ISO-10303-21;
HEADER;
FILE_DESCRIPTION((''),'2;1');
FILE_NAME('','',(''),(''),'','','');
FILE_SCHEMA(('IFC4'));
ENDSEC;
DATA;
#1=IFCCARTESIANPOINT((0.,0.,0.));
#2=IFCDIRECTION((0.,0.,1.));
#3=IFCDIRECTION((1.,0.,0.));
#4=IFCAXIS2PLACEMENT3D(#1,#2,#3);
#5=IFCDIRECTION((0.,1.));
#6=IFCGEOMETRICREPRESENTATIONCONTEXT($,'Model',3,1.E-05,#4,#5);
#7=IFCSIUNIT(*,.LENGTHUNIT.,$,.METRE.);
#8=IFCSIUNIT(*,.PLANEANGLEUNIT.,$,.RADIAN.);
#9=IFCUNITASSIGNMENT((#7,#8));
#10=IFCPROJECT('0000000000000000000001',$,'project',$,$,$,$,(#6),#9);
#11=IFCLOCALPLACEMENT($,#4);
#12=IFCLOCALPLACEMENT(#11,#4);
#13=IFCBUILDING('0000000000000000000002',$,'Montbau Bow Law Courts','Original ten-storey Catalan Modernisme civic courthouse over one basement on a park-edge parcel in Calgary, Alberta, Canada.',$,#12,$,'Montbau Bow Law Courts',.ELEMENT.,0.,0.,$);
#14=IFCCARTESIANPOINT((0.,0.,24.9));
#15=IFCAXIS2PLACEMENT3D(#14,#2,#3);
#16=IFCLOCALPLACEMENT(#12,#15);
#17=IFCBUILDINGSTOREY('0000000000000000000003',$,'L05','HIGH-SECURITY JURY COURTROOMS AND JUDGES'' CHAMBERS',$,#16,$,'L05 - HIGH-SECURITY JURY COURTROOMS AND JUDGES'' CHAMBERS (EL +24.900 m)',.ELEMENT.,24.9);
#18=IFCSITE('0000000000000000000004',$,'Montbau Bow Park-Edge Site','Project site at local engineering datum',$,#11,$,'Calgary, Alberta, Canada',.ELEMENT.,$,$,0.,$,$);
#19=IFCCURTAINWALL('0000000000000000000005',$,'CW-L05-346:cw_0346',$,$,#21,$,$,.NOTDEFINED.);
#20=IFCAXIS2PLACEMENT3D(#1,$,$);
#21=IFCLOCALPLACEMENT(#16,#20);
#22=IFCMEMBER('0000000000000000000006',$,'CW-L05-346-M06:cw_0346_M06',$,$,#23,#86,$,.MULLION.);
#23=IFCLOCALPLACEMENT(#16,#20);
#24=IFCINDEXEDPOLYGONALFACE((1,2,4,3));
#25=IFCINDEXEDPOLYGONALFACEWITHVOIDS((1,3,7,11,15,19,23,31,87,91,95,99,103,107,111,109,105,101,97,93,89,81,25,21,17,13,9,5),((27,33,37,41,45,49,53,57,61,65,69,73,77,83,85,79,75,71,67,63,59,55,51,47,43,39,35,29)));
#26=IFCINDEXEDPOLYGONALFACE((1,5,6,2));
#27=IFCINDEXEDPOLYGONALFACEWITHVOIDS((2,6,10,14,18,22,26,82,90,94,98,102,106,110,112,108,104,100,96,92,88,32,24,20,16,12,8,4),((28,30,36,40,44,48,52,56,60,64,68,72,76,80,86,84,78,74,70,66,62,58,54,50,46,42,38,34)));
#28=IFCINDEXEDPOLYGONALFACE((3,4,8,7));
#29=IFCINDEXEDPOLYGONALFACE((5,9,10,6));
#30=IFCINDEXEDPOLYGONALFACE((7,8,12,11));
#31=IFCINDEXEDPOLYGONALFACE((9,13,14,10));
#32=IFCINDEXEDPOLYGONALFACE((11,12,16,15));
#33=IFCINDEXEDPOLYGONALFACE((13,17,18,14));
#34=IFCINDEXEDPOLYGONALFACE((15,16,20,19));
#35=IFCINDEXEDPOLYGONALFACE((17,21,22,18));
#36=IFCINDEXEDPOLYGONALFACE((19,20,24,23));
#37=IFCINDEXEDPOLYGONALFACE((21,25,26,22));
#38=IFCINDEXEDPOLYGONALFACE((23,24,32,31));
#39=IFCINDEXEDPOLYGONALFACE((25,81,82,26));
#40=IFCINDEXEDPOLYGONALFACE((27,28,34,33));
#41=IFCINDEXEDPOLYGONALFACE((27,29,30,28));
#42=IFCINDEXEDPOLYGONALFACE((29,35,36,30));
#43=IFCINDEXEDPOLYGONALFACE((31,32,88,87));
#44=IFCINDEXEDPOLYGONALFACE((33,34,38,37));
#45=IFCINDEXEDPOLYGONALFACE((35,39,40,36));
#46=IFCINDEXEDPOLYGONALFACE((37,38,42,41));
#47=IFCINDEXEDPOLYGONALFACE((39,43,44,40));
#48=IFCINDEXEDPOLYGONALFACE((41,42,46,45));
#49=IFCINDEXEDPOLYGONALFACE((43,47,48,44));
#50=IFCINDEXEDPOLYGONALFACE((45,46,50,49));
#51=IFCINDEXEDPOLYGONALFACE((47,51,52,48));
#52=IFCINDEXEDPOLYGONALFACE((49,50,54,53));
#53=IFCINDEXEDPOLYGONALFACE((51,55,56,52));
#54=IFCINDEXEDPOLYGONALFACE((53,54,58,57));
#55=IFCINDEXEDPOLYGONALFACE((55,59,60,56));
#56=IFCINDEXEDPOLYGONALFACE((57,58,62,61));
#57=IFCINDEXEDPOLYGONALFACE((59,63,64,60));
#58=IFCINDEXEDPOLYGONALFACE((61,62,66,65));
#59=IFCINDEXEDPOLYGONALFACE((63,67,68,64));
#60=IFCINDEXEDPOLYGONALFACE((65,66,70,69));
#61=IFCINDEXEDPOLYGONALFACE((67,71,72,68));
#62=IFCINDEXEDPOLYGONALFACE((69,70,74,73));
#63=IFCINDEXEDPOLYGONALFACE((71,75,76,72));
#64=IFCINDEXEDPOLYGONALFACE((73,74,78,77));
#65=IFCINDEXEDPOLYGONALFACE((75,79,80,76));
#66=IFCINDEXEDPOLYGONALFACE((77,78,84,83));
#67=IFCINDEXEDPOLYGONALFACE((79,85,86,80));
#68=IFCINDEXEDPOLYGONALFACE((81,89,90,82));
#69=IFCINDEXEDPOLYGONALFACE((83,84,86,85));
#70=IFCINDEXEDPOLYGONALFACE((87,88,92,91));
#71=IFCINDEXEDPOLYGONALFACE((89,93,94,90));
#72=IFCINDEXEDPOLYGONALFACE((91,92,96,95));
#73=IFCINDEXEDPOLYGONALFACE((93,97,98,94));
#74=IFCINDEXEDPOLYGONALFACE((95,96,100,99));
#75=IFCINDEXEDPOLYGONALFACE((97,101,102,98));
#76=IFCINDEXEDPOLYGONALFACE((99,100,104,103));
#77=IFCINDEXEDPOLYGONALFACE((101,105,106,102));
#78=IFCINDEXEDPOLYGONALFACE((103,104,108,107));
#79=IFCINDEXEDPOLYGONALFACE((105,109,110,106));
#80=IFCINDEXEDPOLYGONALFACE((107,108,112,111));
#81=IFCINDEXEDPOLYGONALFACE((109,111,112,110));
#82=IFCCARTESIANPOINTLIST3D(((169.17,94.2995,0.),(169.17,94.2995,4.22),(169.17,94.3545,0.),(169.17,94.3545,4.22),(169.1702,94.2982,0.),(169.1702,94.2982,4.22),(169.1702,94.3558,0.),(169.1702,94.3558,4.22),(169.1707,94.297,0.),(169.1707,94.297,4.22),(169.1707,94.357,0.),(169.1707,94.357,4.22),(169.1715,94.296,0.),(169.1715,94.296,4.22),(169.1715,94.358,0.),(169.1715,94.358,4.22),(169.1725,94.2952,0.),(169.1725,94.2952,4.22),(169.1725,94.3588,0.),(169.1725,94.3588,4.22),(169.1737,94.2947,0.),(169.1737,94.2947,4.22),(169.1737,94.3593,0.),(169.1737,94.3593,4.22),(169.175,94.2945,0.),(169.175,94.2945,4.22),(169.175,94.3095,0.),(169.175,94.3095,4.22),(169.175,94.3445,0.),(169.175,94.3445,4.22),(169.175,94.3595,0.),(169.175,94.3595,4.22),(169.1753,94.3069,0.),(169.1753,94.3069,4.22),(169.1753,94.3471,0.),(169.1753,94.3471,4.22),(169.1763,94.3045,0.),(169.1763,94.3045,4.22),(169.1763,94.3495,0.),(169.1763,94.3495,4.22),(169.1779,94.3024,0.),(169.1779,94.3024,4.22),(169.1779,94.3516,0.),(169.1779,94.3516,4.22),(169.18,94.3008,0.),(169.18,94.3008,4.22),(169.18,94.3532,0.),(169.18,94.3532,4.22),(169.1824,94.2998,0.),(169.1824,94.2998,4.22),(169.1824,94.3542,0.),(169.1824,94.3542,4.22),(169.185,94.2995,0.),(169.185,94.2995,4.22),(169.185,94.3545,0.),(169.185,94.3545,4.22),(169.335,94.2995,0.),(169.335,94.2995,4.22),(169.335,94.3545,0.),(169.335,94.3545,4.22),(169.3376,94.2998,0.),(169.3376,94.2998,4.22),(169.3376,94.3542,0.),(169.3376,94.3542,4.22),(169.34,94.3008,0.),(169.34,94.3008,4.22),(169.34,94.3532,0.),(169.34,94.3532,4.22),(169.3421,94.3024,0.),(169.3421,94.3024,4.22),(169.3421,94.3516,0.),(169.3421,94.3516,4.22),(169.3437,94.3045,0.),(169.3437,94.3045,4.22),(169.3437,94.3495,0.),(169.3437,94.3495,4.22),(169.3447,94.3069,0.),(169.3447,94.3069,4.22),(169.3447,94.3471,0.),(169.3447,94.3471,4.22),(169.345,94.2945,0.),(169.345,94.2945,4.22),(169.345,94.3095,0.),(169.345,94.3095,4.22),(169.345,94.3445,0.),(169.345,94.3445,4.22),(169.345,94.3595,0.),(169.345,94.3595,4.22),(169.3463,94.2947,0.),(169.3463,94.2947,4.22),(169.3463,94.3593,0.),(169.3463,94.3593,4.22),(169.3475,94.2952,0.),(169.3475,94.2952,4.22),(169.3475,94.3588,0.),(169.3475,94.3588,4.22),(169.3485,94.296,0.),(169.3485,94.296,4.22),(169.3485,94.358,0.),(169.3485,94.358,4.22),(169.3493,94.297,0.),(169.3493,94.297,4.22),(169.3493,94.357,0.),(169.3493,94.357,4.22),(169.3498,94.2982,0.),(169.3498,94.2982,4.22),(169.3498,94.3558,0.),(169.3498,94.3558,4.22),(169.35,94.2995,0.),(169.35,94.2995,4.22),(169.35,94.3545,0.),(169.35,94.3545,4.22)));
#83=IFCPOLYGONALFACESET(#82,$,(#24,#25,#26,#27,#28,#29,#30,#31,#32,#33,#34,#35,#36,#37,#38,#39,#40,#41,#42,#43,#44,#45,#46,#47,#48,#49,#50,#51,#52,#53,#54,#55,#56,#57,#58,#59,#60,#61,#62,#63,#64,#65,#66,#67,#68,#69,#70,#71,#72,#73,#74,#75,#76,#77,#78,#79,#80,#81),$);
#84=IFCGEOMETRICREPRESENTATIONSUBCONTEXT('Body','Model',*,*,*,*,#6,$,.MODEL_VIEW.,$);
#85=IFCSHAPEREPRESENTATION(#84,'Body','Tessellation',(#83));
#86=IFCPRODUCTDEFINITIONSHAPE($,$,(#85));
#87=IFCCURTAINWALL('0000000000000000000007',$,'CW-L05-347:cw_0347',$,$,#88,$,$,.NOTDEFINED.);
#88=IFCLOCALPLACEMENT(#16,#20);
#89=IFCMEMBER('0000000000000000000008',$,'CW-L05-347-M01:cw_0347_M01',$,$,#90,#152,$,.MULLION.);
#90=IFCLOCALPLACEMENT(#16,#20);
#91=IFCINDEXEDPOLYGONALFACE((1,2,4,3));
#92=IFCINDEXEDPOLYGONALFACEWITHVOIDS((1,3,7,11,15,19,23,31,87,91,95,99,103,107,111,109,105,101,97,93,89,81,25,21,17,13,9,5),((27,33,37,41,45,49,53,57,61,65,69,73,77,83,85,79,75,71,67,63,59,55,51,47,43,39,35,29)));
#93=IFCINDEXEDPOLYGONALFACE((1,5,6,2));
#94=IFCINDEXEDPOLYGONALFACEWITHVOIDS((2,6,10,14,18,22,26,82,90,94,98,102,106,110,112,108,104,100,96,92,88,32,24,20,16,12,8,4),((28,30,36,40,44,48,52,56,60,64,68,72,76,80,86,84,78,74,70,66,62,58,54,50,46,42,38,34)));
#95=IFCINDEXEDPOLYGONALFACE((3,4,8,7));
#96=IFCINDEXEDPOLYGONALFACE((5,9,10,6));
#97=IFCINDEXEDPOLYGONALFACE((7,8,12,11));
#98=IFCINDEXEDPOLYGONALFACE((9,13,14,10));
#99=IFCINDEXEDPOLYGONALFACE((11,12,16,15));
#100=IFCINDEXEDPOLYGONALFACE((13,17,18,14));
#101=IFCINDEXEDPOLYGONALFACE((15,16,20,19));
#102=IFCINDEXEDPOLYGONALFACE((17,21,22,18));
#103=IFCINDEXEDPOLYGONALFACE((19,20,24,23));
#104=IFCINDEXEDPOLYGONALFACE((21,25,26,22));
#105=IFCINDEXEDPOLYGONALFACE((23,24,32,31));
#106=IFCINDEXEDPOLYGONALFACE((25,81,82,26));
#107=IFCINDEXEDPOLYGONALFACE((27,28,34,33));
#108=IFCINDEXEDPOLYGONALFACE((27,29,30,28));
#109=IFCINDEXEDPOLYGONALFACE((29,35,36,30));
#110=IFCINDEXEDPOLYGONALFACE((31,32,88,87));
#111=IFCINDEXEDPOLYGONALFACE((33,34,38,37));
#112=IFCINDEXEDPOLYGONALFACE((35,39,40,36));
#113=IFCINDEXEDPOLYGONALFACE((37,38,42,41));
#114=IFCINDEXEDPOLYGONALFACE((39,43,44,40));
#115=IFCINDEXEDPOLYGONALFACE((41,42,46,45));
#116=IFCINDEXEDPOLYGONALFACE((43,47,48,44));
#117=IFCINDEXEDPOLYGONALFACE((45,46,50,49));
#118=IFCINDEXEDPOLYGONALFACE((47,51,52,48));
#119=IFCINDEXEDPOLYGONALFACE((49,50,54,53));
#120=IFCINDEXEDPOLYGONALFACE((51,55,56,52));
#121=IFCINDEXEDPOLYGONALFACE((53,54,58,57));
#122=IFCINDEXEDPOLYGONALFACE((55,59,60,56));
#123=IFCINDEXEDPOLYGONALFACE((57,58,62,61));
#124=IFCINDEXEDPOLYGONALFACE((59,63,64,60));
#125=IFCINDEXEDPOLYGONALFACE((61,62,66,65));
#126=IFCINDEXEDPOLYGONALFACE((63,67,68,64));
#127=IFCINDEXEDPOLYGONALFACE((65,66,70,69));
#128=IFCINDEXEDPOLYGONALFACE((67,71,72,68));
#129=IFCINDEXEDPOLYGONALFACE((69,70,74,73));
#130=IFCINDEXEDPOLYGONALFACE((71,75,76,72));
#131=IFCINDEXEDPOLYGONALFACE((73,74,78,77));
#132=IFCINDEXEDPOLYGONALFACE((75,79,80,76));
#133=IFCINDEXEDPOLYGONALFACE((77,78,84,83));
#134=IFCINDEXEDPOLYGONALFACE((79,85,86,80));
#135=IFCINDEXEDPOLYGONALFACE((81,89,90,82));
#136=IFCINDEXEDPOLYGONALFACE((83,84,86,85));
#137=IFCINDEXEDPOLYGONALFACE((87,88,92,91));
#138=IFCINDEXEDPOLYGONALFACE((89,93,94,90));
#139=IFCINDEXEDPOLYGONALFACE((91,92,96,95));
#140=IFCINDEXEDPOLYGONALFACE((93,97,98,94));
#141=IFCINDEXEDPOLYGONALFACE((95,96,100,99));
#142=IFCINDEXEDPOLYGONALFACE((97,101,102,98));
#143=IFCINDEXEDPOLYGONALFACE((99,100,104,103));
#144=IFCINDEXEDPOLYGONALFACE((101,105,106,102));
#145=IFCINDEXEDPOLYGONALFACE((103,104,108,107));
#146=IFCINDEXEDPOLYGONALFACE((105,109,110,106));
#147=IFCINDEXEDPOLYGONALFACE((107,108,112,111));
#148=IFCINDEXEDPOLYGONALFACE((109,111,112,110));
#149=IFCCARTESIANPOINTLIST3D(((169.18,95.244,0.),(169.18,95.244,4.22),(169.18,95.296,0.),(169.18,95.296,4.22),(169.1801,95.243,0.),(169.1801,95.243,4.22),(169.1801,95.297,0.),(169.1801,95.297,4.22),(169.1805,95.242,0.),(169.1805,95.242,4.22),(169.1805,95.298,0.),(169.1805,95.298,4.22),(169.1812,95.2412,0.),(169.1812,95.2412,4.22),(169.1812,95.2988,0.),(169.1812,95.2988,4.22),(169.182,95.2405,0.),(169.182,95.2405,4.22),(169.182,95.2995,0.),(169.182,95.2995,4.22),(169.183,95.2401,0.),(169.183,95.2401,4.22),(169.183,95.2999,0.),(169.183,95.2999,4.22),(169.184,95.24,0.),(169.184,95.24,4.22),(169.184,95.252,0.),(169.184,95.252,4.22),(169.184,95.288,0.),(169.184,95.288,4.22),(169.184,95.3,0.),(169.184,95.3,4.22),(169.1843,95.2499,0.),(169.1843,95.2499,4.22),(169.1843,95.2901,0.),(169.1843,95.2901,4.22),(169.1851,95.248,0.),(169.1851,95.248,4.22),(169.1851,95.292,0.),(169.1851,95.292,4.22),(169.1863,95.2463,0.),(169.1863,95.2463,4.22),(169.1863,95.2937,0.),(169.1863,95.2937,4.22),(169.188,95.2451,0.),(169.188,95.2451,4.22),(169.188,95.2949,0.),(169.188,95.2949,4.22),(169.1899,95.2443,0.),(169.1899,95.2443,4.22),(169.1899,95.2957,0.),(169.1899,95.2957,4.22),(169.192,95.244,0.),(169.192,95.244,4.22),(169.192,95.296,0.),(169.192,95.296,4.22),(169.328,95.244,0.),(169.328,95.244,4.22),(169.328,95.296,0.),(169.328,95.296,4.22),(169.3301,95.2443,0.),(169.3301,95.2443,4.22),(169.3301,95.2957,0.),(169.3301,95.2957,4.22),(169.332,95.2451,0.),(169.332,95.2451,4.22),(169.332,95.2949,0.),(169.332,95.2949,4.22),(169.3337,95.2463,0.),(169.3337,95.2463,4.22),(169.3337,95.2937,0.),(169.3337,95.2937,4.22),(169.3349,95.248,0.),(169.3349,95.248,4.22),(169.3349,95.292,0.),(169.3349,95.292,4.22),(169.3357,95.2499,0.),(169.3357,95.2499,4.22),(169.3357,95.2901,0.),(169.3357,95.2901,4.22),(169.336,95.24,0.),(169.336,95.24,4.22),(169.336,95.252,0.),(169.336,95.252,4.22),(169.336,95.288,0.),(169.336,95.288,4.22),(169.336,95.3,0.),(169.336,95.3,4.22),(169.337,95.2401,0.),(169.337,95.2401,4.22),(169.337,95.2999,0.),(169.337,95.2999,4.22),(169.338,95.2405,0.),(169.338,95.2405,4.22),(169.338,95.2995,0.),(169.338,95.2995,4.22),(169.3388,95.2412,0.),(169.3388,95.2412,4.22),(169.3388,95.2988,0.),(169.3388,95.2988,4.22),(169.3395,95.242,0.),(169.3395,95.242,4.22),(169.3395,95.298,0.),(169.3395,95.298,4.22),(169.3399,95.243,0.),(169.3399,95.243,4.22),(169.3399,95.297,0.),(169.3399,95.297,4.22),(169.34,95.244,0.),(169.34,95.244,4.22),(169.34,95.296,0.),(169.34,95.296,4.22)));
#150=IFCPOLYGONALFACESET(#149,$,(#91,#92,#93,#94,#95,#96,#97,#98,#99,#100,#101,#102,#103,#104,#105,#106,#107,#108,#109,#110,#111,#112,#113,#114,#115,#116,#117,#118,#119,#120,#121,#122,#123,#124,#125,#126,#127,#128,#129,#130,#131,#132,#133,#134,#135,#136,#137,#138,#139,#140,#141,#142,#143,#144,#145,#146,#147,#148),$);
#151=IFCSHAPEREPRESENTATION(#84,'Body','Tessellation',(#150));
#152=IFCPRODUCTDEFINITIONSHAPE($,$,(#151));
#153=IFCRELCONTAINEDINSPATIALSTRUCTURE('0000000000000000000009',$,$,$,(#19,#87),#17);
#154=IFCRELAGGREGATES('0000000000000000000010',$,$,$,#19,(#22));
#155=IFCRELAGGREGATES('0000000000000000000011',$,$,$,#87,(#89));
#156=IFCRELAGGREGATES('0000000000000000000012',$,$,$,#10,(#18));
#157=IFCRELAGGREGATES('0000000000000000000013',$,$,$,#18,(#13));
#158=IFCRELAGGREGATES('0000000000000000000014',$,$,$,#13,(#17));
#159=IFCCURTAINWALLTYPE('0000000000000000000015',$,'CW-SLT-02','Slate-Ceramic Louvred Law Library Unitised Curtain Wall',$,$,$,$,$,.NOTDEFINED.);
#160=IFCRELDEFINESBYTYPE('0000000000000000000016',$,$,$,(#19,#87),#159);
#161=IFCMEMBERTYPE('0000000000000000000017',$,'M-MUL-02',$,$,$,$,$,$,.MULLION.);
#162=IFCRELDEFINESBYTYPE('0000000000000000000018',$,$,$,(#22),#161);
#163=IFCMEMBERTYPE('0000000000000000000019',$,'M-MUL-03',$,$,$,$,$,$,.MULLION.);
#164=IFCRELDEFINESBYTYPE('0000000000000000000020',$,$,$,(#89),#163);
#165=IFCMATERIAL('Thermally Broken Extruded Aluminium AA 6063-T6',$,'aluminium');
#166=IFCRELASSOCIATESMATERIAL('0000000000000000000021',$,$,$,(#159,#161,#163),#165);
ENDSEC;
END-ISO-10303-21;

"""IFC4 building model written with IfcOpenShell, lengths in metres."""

from ifc_helpers import new_model, si_unit, direction, frame, origin_with_axes, origin_2d_with_axis, place, context, subcontext, project, spatial, hollow_rectangle, extrude, material, material_profile, profile_set, type_object, element, aggregate, save


model = new_model("IFC4")

# Units and contexts
model_context = context("Model", 3, precision=1e-05, world=origin_with_axes(), true_north=direction((0.0, 1.0)))
body_context = subcontext(model_context, "Body", "Model", "MODEL_VIEW")
ifc_project = project(units=[si_unit("LENGTHUNIT", "METRE"), si_unit("PLANEANGLEUNIT", "RADIAN")], contexts=[model_context])

# Site, building, storey
site_placement = place(None, origin_with_axes())
site = spatial("IfcSite", under=ifc_project, at=site_placement, Name="Montbau Bow Park-Edge Site", Description="Project site at local engineering datum", LongName="Calgary, Alberta, Canada", CompositionType="ELEMENT", RefElevation=0.0)
building_placement = place(site_placement, origin_with_axes())
building = spatial("IfcBuilding", under=site, at=building_placement, Name="Montbau Bow Law Courts", Description="Original ten-storey Catalan Modernisme civic courthouse over one basement on a park-edge parcel in Calgary, Alberta, Canada.", LongName="Montbau Bow Law Courts", CompositionType="ELEMENT", ElevationOfRefHeight=0.0, ElevationOfTerrain=0.0)
storey_placement = place(building_placement, frame((0.0, 0.0, 24.9), z_axis=(0.0, 0.0, 1.0), x_axis=(1.0, 0.0, 0.0)))
storey = spatial("IfcBuildingStorey", under=building, at=storey_placement, Name="L05", Description="HIGH-SECURITY JURY COURTROOMS AND JUDGES' CHAMBERS", LongName="L05 - HIGH-SECURITY JURY COURTROOMS AND JUDGES' CHAMBERS (EL +24.900 m)", CompositionType="ELEMENT", Elevation=24.9)

# Curtain wall, member
ifc_material_1 = material(Name="Thermally Broken Extruded Aluminium AA 6063-T6", Category="aluminium")
curtain_wall_type = type_object("IfcCurtainWallType", Name="CW-SLT-02", Description="Slate-Ceramic Louvred Law Library Unitised Curtain Wall", PredefinedType="NOTDEFINED", material=ifc_material_1)
curtain_wall_1_placement = place(None, frame((169.26, 86.84, 24.9), z_axis=(0.0, 0.0, 1.0), x_axis=(1.0, 0.0, 0.0)))
curtain_wall_1 = element("IfcCurtainWall", 1, at=curtain_wall_1_placement, inside=storey, type_object=curtain_wall_type, Name="CW-L05-346:cw_0346", PredefinedType="NOTDEFINED")
ifc_material_profile_1 = material_profile(ifc_material_1, hollow_rectangle(XDim=0.065, YDim=0.18, WallThickness=0.005, InnerFilletRadius=0.01, OuterFilletRadius=0.005, at=origin_2d_with_axis()), Name="CWM-180X65", Category="Main", Priority=0)
ifc_profile_set_1 = profile_set([ifc_material_profile_1], Name="Thermally Broken Extruded Aluminium AA 6063-T6")
member_type_1 = type_object("IfcMemberType", Name="M-MUL-02", PredefinedType="MULLION", material=ifc_profile_set_1)
member_1_placement = place(None, frame((169.26, 94.327, 24.9), z_axis=(0.0, 0.0, 1.0), x_axis=(0.0, 1.0, 0.0)))
member_1 = element("IfcMember", 2, at=member_1_placement, type_object=member_type_1, Name="CW-L05-346-M06:cw_0346_M06", PredefinedType="MULLION", context=body_context, shape_type="SweptSolid", body=[
    extrude(hollow_rectangle(XDim=0.065, YDim=0.18, WallThickness=0.005, InnerFilletRadius=0.01, OuterFilletRadius=0.005, at=origin_2d_with_axis()), origin_with_axes(), (0.0, 0.0, 1.0), 4.22),
])

# Curtain wall, member
curtain_wall_2_placement = place(None, frame((169.26, 95.24, 24.9), z_axis=(0.0, 0.0, 1.0), x_axis=(1.0, 0.0, 0.0)))
curtain_wall_2 = element("IfcCurtainWall", 3, at=curtain_wall_2_placement, inside=storey, type_object=curtain_wall_type, Name="CW-L05-347:cw_0347", PredefinedType="NOTDEFINED")
ifc_material_profile_2 = material_profile(ifc_material_1, hollow_rectangle(XDim=0.06, YDim=0.16, WallThickness=0.004, InnerFilletRadius=0.008, OuterFilletRadius=0.004, at=origin_2d_with_axis()), Name="CWM-160X60", Category="Main", Priority=0)
ifc_profile_set_2 = profile_set([ifc_material_profile_2], Name="Thermally Broken Extruded Aluminium AA 6063-T6")
member_type_2 = type_object("IfcMemberType", Name="M-MUL-03", PredefinedType="MULLION", material=ifc_profile_set_2)
member_2_placement = place(None, frame((169.26, 95.27, 24.9), z_axis=(0.0, 0.0, 1.0), x_axis=(0.0, 1.0, 0.0)))
member_2 = element("IfcMember", 4, at=member_2_placement, type_object=member_type_2, Name="CW-L05-347-M01:cw_0347_M01", PredefinedType="MULLION", context=body_context, shape_type="SweptSolid", body=[
    extrude(hollow_rectangle(XDim=0.06, YDim=0.16, WallThickness=0.004, InnerFilletRadius=0.008, OuterFilletRadius=0.004, at=origin_2d_with_axis()), origin_with_axes(), (0.0, 0.0, 1.0), 4.22),
])

aggregate(curtain_wall_1, [member_1])
aggregate(curtain_wall_2, [member_2])

save(model, "model.ifc")
